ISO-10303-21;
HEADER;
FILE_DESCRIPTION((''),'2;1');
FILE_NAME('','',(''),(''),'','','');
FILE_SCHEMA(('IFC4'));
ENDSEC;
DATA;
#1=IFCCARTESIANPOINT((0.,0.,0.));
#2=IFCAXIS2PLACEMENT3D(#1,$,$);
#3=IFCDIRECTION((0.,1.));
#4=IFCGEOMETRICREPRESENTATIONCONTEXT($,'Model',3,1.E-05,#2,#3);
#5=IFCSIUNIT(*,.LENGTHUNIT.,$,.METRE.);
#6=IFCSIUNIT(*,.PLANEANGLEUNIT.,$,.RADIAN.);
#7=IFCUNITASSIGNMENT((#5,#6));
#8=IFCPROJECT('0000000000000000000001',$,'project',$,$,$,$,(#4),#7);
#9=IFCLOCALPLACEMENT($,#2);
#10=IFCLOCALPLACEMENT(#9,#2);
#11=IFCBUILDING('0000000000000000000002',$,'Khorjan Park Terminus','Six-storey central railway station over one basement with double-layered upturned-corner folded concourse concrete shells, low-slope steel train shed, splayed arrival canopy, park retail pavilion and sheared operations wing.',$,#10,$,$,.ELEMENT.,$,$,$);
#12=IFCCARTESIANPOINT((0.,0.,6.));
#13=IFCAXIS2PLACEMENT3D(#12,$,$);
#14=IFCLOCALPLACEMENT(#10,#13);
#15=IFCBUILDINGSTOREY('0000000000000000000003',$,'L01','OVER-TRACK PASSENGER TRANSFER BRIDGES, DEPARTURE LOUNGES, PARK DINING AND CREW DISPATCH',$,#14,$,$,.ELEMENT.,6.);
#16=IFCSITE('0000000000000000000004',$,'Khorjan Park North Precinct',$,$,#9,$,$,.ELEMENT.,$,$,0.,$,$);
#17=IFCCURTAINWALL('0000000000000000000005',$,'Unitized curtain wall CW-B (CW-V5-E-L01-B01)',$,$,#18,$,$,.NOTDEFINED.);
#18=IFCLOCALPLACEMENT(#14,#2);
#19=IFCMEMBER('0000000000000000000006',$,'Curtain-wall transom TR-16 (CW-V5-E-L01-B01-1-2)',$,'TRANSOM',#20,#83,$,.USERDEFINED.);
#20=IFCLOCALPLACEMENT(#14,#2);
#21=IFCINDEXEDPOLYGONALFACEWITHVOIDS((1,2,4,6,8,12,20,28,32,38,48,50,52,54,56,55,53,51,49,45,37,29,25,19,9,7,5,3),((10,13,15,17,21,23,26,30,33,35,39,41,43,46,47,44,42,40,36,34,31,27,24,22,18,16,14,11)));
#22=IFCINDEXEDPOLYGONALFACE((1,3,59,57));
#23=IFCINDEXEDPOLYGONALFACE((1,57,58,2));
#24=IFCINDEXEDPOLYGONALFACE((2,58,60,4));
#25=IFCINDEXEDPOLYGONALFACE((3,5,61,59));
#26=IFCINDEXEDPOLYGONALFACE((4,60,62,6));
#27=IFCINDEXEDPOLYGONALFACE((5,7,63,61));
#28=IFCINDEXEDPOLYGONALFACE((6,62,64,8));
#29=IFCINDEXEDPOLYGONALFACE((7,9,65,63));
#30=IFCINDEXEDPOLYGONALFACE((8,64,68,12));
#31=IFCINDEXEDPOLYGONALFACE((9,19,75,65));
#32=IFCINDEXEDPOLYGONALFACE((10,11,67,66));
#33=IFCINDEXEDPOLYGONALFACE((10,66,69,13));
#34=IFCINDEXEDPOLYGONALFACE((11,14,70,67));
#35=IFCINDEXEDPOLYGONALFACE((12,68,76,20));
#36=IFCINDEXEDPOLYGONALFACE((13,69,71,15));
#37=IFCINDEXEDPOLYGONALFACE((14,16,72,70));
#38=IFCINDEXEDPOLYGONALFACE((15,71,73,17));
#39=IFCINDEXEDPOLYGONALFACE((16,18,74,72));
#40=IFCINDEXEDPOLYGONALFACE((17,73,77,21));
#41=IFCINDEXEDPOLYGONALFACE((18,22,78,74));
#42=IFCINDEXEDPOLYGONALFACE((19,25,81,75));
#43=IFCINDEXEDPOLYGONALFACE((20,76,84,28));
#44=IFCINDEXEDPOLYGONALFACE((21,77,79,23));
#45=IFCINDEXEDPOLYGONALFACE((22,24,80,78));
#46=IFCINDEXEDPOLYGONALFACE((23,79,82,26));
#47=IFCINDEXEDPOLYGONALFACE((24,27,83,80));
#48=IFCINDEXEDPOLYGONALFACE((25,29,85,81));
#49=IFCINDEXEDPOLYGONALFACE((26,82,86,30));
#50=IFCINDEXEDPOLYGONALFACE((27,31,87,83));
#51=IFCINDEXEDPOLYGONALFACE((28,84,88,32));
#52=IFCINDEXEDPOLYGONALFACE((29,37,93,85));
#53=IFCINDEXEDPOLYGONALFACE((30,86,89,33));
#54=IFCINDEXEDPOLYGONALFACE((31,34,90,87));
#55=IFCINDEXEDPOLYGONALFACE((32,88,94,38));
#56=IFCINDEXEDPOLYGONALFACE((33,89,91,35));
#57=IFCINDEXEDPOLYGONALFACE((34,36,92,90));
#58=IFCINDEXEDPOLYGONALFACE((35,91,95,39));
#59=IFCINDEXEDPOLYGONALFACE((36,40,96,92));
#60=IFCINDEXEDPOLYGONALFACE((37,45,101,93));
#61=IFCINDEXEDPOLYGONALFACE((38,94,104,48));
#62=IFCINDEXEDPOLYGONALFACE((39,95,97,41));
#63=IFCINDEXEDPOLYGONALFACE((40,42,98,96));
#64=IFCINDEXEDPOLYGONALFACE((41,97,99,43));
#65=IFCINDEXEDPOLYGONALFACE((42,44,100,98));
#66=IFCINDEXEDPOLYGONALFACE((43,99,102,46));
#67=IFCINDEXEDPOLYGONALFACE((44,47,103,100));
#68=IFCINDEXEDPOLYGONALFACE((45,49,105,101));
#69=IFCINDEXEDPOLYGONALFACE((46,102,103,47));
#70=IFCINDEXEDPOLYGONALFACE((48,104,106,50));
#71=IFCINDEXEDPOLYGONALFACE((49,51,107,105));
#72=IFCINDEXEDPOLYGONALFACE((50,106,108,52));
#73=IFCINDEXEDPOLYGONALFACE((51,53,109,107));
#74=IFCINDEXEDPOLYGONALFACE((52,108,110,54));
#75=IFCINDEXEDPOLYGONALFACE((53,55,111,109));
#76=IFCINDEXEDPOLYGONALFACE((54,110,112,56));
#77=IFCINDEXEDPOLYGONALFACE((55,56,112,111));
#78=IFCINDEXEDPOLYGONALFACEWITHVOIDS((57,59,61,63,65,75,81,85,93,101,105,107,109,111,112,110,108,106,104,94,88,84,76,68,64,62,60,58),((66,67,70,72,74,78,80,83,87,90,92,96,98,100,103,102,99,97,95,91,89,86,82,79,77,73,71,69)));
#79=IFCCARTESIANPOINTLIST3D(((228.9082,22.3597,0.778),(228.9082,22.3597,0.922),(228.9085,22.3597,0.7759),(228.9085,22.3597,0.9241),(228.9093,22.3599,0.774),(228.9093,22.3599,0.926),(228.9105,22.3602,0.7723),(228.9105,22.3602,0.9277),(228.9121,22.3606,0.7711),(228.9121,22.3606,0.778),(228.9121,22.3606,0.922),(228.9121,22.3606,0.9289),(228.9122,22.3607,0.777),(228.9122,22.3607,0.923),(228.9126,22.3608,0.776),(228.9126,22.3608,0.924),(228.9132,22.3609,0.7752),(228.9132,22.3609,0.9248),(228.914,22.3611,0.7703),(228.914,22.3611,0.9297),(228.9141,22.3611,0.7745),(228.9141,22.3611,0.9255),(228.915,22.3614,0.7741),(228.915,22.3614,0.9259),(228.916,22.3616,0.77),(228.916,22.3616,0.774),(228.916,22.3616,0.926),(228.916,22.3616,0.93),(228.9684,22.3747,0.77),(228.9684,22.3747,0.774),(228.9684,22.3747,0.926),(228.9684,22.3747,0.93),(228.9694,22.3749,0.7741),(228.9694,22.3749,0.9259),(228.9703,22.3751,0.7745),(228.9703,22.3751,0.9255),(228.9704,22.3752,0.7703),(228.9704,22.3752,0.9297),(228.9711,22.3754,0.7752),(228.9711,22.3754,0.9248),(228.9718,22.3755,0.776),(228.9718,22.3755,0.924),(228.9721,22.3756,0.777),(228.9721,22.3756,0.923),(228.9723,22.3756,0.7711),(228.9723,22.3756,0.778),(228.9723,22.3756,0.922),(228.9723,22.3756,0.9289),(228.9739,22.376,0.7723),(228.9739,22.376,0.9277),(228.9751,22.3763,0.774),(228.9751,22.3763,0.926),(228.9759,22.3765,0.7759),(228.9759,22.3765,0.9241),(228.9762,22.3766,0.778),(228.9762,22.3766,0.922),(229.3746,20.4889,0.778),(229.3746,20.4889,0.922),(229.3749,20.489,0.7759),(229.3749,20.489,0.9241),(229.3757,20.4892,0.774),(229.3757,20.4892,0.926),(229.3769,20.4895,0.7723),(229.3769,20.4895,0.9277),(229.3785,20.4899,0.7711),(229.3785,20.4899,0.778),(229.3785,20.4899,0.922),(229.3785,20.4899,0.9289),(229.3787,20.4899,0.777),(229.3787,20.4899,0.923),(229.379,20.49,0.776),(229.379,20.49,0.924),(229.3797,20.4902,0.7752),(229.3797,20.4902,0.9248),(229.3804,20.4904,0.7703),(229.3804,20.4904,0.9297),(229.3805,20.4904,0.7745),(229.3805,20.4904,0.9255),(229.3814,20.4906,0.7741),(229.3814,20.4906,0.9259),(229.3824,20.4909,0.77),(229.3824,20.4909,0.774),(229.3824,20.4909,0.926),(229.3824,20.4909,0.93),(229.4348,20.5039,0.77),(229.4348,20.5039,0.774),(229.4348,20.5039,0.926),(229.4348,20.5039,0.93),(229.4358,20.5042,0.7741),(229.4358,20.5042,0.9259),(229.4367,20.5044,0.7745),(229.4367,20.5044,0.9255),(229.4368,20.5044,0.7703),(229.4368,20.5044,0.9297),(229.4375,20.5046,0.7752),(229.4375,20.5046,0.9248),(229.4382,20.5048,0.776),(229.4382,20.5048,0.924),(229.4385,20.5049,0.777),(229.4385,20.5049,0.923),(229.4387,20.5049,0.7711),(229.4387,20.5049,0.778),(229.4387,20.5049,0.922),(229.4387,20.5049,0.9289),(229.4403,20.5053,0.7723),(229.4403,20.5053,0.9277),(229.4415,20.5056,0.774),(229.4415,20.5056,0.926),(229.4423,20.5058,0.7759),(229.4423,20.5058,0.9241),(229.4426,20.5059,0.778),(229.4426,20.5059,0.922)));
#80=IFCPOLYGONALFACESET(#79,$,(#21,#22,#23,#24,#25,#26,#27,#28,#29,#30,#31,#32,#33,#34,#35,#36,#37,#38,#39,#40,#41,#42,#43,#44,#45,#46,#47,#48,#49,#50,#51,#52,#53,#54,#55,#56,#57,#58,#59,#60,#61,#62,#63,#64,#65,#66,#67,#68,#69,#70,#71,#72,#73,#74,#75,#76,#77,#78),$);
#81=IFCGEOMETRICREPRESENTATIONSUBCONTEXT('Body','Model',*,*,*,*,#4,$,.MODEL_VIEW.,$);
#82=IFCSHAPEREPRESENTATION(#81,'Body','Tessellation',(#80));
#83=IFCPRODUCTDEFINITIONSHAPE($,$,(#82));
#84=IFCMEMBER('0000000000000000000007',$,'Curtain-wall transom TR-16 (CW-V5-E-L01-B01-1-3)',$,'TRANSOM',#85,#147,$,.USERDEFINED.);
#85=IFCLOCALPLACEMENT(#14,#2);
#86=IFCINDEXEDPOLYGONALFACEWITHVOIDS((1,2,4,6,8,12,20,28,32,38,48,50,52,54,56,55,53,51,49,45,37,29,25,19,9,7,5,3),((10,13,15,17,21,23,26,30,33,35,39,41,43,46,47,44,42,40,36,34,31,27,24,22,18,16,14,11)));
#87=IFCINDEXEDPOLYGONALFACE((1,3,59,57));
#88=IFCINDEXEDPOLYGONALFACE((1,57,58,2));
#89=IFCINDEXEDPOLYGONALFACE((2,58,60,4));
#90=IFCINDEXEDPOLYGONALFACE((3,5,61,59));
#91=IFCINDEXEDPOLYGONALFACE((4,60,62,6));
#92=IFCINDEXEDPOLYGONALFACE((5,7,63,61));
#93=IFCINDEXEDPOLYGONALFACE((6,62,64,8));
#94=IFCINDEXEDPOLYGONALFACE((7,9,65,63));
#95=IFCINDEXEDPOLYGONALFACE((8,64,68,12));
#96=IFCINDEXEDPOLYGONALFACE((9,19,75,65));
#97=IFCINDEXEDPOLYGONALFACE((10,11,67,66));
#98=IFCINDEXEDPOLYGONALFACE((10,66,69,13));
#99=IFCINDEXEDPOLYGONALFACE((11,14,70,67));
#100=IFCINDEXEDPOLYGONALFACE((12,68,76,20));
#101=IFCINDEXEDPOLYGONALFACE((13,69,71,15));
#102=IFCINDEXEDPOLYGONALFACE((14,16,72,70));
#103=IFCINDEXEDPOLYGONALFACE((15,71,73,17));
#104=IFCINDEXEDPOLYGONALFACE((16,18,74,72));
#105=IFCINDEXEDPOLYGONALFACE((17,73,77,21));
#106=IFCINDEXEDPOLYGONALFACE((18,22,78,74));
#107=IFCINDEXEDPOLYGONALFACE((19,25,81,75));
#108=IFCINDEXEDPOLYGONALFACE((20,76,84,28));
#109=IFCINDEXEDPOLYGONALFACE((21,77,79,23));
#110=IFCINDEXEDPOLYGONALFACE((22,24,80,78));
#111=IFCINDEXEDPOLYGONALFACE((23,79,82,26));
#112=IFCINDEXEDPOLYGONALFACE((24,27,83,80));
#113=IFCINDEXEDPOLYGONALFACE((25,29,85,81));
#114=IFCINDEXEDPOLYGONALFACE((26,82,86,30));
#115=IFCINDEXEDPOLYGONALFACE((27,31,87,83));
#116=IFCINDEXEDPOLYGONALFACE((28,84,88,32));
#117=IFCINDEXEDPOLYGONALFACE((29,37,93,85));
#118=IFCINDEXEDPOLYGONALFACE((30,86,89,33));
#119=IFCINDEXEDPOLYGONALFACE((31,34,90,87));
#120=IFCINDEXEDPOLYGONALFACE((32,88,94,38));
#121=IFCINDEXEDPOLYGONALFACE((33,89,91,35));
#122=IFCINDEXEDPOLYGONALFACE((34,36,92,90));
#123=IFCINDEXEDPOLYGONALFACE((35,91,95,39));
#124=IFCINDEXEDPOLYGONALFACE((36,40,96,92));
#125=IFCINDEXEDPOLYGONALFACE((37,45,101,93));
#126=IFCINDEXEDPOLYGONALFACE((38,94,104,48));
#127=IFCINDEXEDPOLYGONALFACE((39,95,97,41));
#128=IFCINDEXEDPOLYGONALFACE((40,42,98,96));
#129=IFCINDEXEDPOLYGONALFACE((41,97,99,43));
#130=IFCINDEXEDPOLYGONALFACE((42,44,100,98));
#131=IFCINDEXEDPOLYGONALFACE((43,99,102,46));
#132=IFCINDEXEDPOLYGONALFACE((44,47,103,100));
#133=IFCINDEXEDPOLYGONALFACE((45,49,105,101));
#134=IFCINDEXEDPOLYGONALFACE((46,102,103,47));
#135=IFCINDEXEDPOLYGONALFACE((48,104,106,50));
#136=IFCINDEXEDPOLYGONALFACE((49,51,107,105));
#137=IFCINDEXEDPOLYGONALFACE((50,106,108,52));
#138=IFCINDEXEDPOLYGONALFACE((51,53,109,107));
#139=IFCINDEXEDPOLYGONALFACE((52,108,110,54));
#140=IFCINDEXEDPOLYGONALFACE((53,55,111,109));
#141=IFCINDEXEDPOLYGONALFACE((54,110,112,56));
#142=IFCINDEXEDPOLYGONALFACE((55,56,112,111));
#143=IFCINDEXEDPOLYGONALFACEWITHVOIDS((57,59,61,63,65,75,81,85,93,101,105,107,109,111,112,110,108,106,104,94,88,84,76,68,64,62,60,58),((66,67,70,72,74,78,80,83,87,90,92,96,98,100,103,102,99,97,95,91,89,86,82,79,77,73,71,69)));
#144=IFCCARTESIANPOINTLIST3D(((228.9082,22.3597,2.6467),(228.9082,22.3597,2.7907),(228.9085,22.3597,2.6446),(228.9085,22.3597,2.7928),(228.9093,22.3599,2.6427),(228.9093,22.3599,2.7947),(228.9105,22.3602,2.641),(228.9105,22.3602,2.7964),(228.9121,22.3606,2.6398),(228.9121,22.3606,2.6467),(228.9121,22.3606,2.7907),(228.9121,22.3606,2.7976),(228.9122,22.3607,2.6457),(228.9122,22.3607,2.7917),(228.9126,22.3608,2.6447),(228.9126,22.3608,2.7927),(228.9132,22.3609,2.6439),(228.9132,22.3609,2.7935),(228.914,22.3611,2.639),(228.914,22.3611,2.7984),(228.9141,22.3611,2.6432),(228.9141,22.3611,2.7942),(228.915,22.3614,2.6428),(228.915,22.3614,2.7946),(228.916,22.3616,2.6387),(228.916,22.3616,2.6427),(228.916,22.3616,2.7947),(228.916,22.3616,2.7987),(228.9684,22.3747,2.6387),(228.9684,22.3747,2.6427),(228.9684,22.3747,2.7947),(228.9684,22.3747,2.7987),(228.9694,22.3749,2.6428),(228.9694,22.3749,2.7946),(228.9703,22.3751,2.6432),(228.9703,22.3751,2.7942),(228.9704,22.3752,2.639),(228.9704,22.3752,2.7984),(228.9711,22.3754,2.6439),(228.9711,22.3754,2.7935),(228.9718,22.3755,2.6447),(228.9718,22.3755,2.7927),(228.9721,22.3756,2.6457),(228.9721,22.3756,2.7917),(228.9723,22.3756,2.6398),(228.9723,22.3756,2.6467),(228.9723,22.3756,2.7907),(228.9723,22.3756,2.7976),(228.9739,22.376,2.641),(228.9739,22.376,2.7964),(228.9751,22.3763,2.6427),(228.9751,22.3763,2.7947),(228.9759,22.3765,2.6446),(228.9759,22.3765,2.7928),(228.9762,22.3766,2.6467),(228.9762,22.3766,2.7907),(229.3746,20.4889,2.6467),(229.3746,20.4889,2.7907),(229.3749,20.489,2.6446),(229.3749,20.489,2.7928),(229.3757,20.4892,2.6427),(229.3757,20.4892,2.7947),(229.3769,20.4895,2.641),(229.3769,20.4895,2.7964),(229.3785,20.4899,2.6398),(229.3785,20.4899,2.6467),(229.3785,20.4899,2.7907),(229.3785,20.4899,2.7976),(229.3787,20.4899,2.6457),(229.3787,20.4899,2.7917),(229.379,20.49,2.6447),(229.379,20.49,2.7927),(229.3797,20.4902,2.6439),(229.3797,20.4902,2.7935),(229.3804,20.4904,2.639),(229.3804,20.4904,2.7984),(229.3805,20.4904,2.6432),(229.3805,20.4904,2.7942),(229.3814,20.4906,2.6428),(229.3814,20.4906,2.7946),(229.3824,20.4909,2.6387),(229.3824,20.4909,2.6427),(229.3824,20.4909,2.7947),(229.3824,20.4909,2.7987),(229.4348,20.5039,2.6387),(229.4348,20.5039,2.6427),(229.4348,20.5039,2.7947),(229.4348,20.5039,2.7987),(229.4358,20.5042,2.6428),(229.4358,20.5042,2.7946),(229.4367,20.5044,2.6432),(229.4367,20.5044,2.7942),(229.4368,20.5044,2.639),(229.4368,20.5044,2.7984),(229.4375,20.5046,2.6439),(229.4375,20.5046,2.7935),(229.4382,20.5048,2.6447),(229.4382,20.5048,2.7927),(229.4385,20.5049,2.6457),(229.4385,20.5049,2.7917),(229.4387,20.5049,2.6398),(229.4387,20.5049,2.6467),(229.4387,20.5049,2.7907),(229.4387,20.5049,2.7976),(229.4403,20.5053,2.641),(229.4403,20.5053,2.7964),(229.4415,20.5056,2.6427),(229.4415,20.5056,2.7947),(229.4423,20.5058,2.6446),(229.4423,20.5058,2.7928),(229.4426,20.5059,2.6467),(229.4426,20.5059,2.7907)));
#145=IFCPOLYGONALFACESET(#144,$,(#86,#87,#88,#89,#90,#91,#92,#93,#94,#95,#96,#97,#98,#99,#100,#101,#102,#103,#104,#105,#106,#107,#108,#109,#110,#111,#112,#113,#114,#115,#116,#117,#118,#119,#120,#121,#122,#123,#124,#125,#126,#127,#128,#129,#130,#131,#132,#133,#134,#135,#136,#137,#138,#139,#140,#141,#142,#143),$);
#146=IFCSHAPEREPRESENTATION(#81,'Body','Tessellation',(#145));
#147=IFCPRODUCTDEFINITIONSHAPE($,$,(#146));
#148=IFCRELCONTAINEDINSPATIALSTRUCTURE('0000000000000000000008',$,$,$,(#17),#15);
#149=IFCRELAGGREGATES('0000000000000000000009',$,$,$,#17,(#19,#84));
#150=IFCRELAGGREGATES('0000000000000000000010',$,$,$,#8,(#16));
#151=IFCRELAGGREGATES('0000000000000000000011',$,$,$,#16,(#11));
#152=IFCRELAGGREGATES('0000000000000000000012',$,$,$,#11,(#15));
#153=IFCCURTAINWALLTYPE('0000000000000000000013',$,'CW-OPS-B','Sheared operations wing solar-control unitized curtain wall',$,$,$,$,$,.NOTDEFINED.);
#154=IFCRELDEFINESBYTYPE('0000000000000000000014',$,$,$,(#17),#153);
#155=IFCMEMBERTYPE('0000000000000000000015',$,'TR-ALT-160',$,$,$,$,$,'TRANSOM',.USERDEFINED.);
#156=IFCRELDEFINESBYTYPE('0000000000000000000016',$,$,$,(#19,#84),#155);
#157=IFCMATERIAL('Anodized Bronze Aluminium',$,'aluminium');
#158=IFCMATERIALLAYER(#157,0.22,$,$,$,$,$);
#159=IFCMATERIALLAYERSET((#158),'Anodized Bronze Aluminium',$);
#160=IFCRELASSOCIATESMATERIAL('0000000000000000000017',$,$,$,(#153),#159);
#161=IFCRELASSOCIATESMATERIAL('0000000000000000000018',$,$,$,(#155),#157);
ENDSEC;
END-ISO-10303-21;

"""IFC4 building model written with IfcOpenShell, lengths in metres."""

from ifc_helpers import new_model, si_unit, direction, frame, origin, origin_2d, place, context, subcontext, project, spatial, hollow_rectangle, extrude, material, layer, layer_set, material_profile, profile_set, type_object, element, aggregate, save


model = new_model("IFC4")

# Units and contexts
model_context = context("Model", 3, precision=1e-05, world=origin(), true_north=direction((0.0, 1.0)))
body_context = subcontext(model_context, "Body", "Model", "MODEL_VIEW")
ifc_project = project(units=[si_unit("LENGTHUNIT", "METRE"), si_unit("PLANEANGLEUNIT", "RADIAN")], contexts=[model_context])

# Site, building, storey
site_placement = place(None, origin())
site = spatial("IfcSite", under=ifc_project, at=site_placement, Name="Khorjan Park North Precinct", CompositionType="ELEMENT", RefElevation=0.0)
building_placement = place(site_placement, origin())
building = spatial("IfcBuilding", under=site, at=building_placement, Name="Khorjan Park Terminus", Description="Six-storey central railway station over one basement with double-layered upturned-corner folded concourse concrete shells, low-slope steel train shed, splayed arrival canopy, park retail pavilion and sheared operations wing.", CompositionType="ELEMENT")
storey_placement = place(building_placement, frame((0.0, 0.0, 6.0)))
storey = spatial("IfcBuildingStorey", under=building, at=storey_placement, Name="L01", Description="OVER-TRACK PASSENGER TRANSFER BRIDGES, DEPARTURE LOUNGES, PARK DINING AND CREW DISPATCH", CompositionType="ELEMENT", Elevation=6.0)

# Shared definitions
ifc_material_1 = material(Name="Anodized Bronze Aluminium", Category="aluminium")
ifc_layer_1 = layer(ifc_material_1, 0.22)
ifc_layer_set_1 = layer_set([ifc_layer_1], Name="Anodized Bronze Aluminium")
curtain_wall_type = type_object("IfcCurtainWallType", Name="CW-OPS-B", Description="Sheared operations wing solar-control unitized curtain wall", PredefinedType="NOTDEFINED", material=ifc_layer_set_1)

# Curtain wall, members
curtain_wall_1_placement = place(storey_placement, origin())
curtain_wall_1 = element("IfcCurtainWall", 1, at=curtain_wall_1_placement, inside=storey, type_object=curtain_wall_type, Name="Unitized curtain wall CW-B (CW-V5-E-L01-B01)", PredefinedType="NOTDEFINED")
ifc_material_profile_1 = material_profile(ifc_material_1, hollow_rectangle(XDim=0.07, YDim=0.16, WallThickness=0.004, InnerFilletRadius=0.004, OuterFilletRadius=0.008, at=origin_2d()), Name="ALT 70x160x4")
ifc_profile_set_1 = profile_set([ifc_material_profile_1], Name="Anodized Bronze Aluminium")
member_type_1 = type_object("IfcMemberType", Name="TR-ALT-160", ElementType="TRANSOM", PredefinedType="USERDEFINED", material=ifc_profile_set_1)
member_1_placement = place(storey_placement, frame((229.4086, 20.4974, 0.85), z_axis=(-0.241913, 0.970298, 0.0), x_axis=(-0.970298, -0.241913, 0.0)))
member_1 = element("IfcMember", 2, at=member_1_placement, type_object=member_type_1, Name="Curtain-wall transom TR-16 (CW-V5-E-L01-B01-1-2)", ObjectType="TRANSOM", PredefinedType="USERDEFINED", context=body_context, shape_type="SweptSolid", body=[
    extrude(hollow_rectangle(XDim=0.07, YDim=0.16, WallThickness=0.004, InnerFilletRadius=0.004, OuterFilletRadius=0.008, at=origin_2d()), origin(), (0.0, 0.0, 1.0), 1.928),
])
member_2_placement = place(storey_placement, frame((229.4086, 20.4974, 2.7187), z_axis=(-0.241913, 0.970298, 0.0), x_axis=(-0.970298, -0.241913, 0.0)))
member_2 = element("IfcMember", 3, at=member_2_placement, type_object=member_type_1, Name="Curtain-wall transom TR-16 (CW-V5-E-L01-B01-1-3)", ObjectType="TRANSOM", PredefinedType="USERDEFINED", context=body_context, shape_type="SweptSolid", body=[
    extrude(hollow_rectangle(XDim=0.07, YDim=0.16, WallThickness=0.004, InnerFilletRadius=0.004, OuterFilletRadius=0.008, at=origin_2d()), origin(), (0.0, 0.0, 1.0), 1.928),
])

aggregate(curtain_wall_1, [member_1, member_2])

save(model, "model.ifc")
